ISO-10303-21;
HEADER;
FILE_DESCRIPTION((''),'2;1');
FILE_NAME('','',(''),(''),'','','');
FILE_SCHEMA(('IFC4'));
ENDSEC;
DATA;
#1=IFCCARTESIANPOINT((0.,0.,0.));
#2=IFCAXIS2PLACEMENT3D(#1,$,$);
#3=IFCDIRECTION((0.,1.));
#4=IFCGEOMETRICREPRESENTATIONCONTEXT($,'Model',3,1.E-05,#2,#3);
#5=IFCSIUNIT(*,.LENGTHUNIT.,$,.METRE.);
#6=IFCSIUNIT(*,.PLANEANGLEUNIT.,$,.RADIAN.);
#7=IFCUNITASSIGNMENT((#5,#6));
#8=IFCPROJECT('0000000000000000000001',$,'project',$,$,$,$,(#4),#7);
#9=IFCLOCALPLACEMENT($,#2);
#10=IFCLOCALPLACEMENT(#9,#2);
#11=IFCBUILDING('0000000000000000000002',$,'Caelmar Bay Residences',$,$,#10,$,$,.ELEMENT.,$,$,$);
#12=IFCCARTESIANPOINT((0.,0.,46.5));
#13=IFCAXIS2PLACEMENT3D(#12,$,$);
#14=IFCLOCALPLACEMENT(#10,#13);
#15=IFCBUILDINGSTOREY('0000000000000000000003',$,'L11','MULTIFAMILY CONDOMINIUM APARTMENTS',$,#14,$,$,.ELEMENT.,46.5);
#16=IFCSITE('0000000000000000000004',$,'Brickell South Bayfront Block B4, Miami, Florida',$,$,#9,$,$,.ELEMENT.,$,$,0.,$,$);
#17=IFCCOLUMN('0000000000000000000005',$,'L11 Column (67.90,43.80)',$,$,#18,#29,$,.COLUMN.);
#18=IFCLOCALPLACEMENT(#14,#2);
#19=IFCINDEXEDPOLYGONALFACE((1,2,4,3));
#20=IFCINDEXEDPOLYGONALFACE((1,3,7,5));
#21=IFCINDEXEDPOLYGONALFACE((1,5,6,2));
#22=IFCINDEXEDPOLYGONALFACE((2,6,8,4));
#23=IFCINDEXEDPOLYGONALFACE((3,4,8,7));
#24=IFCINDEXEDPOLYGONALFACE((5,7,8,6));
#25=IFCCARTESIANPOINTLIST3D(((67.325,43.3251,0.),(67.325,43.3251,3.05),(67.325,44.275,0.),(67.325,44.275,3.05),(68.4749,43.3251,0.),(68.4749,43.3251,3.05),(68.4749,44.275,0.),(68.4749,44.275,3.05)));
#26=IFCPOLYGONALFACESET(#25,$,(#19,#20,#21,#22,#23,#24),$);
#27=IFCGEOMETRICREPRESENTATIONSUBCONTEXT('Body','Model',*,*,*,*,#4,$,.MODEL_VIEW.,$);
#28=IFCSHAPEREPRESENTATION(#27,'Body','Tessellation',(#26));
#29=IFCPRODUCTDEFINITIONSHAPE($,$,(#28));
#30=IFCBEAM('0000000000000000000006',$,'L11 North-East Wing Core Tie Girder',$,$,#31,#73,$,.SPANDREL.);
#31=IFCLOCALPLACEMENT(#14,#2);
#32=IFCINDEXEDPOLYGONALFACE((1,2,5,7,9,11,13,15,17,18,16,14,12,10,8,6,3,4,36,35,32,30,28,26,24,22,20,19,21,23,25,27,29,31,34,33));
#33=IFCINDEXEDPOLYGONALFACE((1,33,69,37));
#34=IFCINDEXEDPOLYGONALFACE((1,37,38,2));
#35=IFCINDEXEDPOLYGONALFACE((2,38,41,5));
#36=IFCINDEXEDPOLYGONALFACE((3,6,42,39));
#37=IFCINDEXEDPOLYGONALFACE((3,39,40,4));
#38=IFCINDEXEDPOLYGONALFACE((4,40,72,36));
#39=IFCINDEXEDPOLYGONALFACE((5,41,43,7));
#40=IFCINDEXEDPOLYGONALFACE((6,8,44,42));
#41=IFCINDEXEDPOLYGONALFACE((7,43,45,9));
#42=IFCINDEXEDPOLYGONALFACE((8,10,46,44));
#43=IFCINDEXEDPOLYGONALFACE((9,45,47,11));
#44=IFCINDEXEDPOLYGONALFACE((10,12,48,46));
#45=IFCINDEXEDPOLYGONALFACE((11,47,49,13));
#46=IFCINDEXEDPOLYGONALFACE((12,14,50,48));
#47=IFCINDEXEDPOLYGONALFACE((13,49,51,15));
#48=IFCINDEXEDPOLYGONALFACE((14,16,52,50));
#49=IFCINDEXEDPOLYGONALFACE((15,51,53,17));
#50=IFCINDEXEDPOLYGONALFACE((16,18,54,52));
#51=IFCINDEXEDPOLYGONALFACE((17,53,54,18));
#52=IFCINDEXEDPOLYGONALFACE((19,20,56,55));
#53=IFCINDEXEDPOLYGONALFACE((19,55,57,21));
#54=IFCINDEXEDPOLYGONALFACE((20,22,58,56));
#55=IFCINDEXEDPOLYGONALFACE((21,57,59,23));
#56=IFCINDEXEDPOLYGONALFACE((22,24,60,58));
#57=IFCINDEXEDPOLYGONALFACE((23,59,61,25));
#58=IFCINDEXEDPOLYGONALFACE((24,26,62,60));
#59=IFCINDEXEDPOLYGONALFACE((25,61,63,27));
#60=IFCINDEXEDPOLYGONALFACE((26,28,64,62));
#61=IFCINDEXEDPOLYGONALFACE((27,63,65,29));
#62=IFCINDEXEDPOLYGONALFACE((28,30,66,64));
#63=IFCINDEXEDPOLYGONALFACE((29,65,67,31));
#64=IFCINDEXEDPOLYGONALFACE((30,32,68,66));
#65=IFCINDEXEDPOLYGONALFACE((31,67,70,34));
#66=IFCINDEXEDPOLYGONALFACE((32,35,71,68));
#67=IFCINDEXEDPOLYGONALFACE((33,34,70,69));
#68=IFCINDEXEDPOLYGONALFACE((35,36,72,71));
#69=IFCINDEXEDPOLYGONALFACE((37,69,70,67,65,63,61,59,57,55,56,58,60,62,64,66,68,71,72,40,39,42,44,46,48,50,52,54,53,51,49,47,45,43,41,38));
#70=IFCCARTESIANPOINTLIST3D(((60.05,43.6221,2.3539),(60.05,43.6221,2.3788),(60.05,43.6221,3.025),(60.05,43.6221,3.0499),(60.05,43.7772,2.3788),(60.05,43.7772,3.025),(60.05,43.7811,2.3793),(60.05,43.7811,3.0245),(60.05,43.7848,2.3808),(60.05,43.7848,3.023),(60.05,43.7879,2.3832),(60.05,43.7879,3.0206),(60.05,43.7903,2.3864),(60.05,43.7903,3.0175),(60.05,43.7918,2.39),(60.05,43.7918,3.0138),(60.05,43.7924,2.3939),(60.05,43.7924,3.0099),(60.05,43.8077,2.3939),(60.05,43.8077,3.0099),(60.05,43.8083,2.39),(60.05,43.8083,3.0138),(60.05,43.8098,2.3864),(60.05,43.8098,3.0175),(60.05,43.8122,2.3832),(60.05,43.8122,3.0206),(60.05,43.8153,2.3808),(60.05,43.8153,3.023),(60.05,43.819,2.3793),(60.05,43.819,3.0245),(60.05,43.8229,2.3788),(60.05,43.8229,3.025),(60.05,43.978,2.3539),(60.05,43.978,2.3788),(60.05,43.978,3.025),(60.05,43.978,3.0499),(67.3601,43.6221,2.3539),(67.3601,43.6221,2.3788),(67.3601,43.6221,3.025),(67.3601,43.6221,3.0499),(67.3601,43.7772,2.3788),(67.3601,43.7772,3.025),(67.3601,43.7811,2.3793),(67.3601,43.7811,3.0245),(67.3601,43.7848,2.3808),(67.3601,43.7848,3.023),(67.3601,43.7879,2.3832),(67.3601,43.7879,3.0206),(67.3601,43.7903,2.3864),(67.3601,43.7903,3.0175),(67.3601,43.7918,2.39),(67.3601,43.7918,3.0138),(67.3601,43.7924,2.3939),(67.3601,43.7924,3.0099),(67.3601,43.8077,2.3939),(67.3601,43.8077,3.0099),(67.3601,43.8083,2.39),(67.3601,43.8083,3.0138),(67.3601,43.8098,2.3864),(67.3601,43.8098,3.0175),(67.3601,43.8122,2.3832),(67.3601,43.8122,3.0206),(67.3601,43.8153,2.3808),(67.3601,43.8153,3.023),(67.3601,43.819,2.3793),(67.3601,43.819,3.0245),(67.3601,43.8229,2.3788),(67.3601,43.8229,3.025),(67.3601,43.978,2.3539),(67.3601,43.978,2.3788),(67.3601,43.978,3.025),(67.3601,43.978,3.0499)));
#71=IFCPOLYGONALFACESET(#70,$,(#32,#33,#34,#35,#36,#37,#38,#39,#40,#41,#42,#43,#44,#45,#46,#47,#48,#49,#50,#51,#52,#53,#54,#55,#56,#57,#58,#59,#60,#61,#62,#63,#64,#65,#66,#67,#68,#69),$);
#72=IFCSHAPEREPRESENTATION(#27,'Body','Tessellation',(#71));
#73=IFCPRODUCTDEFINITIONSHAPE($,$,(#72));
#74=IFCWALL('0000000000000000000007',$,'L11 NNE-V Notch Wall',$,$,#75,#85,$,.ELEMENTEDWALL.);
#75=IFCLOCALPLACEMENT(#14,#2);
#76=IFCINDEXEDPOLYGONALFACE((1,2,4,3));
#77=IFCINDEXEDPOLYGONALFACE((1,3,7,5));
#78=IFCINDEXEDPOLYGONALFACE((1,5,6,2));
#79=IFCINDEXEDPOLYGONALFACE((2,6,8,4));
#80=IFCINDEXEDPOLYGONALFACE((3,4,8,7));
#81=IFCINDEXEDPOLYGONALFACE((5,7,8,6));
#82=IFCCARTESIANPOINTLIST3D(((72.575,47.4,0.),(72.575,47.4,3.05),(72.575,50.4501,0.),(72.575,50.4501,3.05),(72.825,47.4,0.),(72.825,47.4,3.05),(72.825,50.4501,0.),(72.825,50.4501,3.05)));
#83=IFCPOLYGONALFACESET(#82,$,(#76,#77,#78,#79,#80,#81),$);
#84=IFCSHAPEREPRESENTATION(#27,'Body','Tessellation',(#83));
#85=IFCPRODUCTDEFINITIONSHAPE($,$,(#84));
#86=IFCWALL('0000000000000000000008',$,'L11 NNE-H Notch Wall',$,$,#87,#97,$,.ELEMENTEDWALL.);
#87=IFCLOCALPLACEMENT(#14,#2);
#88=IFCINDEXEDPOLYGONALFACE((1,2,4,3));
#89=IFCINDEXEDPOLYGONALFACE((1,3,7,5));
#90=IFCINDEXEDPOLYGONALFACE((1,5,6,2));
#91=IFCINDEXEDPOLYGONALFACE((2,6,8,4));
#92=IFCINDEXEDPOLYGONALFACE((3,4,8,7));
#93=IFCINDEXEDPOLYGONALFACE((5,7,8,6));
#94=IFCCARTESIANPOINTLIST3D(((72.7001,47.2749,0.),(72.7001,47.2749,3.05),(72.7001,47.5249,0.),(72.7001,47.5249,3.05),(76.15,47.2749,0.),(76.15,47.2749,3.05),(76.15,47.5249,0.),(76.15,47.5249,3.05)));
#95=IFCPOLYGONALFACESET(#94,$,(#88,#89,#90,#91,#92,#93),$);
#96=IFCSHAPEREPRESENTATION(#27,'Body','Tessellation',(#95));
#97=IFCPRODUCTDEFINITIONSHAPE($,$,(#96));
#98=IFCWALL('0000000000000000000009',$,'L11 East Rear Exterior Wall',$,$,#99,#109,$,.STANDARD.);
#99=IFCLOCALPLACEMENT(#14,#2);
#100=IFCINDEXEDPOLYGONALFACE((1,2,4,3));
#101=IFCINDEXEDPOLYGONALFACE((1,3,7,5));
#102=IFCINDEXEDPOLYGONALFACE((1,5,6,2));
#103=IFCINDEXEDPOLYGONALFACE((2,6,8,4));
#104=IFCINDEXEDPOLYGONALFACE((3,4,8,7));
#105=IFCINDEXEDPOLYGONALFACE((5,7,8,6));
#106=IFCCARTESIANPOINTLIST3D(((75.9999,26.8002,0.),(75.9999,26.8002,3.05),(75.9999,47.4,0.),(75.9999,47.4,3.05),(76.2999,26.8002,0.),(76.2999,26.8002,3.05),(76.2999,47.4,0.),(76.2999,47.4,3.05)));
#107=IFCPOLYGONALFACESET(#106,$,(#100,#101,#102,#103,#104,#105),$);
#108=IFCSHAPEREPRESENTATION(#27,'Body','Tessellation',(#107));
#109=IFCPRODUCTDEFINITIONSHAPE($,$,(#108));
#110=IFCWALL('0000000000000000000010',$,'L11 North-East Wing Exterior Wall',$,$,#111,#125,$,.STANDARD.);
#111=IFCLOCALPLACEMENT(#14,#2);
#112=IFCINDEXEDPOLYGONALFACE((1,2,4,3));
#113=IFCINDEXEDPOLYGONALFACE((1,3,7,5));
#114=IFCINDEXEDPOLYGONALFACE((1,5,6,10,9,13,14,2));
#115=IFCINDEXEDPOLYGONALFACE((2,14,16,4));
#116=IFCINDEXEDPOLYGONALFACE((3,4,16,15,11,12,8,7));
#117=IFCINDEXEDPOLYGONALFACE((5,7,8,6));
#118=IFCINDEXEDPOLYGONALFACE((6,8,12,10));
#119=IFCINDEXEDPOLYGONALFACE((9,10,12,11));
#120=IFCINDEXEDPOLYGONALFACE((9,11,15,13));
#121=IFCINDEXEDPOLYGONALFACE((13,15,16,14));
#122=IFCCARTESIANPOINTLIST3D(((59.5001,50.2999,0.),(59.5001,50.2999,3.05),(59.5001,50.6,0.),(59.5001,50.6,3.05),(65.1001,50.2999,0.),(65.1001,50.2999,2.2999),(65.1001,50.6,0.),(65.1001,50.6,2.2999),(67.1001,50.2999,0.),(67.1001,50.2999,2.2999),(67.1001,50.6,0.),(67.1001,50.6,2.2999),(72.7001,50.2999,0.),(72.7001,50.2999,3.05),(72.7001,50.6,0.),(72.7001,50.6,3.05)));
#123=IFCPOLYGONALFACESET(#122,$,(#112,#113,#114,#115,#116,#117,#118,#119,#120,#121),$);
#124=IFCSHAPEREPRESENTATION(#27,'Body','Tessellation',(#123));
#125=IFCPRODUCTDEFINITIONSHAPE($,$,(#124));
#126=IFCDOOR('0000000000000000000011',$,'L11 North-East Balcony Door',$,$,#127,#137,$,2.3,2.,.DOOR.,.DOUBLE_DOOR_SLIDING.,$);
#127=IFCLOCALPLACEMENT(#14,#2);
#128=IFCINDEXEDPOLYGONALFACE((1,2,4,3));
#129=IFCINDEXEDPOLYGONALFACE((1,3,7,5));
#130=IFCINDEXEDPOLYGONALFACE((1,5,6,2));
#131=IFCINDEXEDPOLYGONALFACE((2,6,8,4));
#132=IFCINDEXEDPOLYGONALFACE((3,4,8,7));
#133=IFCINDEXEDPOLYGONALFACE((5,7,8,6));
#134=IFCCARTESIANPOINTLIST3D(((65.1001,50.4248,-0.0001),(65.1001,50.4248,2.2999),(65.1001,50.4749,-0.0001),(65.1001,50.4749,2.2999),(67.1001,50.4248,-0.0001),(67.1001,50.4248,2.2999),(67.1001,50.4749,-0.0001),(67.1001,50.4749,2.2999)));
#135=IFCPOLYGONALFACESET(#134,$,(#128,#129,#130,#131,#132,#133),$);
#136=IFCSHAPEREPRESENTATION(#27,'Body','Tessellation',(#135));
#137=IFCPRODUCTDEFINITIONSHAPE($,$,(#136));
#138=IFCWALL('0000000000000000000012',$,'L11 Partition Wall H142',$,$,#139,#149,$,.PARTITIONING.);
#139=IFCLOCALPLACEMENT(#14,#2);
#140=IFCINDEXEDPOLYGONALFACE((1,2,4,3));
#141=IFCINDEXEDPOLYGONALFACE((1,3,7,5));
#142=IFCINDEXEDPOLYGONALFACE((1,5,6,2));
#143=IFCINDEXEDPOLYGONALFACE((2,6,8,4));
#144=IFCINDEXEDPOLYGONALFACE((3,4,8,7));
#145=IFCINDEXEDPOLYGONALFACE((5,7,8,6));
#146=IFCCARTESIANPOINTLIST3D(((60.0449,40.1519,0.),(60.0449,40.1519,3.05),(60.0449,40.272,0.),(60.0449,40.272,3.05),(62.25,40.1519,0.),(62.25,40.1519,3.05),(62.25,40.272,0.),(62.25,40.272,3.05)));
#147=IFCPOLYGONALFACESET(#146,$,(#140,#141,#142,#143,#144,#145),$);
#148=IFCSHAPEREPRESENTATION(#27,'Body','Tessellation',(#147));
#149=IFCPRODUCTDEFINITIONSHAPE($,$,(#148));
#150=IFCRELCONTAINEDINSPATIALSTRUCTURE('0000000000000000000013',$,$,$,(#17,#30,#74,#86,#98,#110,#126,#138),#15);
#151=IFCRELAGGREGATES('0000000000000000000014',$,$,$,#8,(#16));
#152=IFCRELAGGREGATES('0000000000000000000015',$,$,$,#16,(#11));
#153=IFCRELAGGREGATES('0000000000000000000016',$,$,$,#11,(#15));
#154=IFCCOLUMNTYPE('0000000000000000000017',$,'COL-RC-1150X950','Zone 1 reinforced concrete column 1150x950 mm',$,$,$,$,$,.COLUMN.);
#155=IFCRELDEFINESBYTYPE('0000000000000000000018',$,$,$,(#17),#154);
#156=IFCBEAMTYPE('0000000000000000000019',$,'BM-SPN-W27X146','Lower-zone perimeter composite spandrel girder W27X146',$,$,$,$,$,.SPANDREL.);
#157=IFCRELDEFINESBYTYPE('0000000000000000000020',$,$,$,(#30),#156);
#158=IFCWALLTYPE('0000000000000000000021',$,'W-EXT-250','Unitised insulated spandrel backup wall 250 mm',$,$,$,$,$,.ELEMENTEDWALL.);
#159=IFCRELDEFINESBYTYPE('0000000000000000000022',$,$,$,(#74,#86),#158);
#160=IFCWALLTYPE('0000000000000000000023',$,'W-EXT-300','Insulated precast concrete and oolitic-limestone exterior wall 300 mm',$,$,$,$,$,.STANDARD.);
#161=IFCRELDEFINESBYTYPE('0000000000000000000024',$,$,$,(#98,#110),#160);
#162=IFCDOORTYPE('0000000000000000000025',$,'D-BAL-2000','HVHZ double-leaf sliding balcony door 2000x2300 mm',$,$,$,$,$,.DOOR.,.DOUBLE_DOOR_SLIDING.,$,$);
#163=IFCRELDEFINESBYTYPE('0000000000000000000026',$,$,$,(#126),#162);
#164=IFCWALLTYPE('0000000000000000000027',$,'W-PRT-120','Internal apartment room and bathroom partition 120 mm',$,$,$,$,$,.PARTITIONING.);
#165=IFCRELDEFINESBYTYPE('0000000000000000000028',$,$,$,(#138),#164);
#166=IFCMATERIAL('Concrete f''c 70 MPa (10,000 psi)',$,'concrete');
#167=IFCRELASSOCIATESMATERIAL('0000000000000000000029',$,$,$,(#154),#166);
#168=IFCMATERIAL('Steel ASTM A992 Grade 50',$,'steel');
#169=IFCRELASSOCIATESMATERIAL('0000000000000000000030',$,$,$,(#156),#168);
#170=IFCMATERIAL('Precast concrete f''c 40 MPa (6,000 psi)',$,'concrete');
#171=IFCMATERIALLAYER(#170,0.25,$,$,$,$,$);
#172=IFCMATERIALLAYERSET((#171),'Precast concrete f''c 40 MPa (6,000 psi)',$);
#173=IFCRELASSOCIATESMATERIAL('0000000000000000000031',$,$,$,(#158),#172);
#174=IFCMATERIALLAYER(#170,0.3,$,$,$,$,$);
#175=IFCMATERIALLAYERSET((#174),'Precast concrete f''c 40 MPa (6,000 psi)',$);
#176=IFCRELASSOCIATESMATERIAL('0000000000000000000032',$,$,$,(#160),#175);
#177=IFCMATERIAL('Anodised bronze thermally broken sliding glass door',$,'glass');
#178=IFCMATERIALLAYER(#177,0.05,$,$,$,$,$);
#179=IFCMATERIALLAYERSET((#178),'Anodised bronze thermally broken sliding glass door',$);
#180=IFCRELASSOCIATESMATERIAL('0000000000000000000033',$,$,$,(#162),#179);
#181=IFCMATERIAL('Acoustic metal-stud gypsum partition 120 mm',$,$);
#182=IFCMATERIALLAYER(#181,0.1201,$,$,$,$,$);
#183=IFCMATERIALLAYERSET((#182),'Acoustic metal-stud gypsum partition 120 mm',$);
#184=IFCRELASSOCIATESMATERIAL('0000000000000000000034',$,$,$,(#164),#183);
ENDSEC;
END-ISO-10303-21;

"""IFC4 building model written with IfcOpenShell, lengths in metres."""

from ifc_helpers import new_model, si_unit, direction, frame, frame_2d, origin, origin_2d, place, context, subcontext, project, spatial, rectangle, i_section, extrude, material, layer, layer_set, material_profile, profile_set, type_object, element, fill, save


model = new_model("IFC4")

# Units and contexts
model_context = context("Model", 3, precision=1e-05, world=origin(), true_north=direction((0.0, 1.0)))
body_context = subcontext(model_context, "Body", "Model", "MODEL_VIEW")
ifc_project = project(units=[si_unit("LENGTHUNIT", "METRE"), si_unit("PLANEANGLEUNIT", "RADIAN")], contexts=[model_context])

# Site, building, storey
site_placement = place(None, origin())
site = spatial("IfcSite", under=ifc_project, at=site_placement, Name="Brickell South Bayfront Block B4, Miami, Florida", CompositionType="ELEMENT", RefElevation=0.0)
building_placement = place(site_placement, origin())
building = spatial("IfcBuilding", under=site, at=building_placement, Name="Caelmar Bay Residences", CompositionType="ELEMENT")
storey_placement = place(building_placement, frame((0.0, 0.0, 46.5)))
storey = spatial("IfcBuildingStorey", under=building, at=storey_placement, Name="L11", Description="MULTIFAMILY CONDOMINIUM APARTMENTS", CompositionType="ELEMENT", Elevation=46.5)

# Column
ifc_material_1 = material(Name="Concrete f'c 70 MPa (10,000 psi)", Category="concrete")
ifc_material_profile_1 = material_profile(ifc_material_1, rectangle(XDim=1.1499, YDim=0.95, at=origin_2d()), Name="RC-COL-1150X950")
ifc_profile_set_1 = profile_set([ifc_material_profile_1], Name="Concrete f'c 70 MPa (10,000 psi)")
column_type = type_object("IfcColumnType", Name="COL-RC-1150X950", Description="Zone 1 reinforced concrete column 1150x950 mm", PredefinedType="COLUMN", material=ifc_profile_set_1)
column_placement = place(storey_placement, frame((67.8999, 43.8, 0.0), z_axis=(0.0, 0.0, 1.0), x_axis=(1.0, 0.0, 0.0)))
element("IfcColumn", 1, at=column_placement, inside=storey, type_object=column_type, Name="L11 Column (67.90,43.80)", PredefinedType="COLUMN", context=body_context, shape_type="SweptSolid", body=[
    extrude(rectangle(XDim=1.1499, YDim=0.95, at=origin_2d()), origin(), (0.0, 0.0, 1.0), 3.05),
])

# Beam
ifc_material_2 = material(Name="Steel ASTM A992 Grade 50", Category="steel")
ifc_material_profile_2 = material_profile(ifc_material_2, i_section(OverallWidth=0.356, OverallDepth=0.696, WebThickness=0.0154, FlangeThickness=0.0249, FilletRadius=0.0151, at=origin_2d()), Name="W27X146")
ifc_profile_set_2 = profile_set([ifc_material_profile_2], Name="Steel ASTM A992 Grade 50")
beam_type = type_object("IfcBeamType", Name="BM-SPN-W27X146", Description="Lower-zone perimeter composite spandrel girder W27X146", PredefinedType="SPANDREL", material=ifc_profile_set_2)
beam_placement = place(storey_placement, frame((60.05, 43.8, 2.7019), z_axis=(1.0, 0.0, 0.0), x_axis=(0.0, 1.0, 0.0)))
element("IfcBeam", 2, at=beam_placement, inside=storey, type_object=beam_type, Name="L11 North-East Wing Core Tie Girder", PredefinedType="SPANDREL", context=body_context, shape_type="SweptSolid", body=[
    extrude(i_section(OverallWidth=0.356, OverallDepth=0.696, WebThickness=0.0154, FlangeThickness=0.0249, FilletRadius=0.0151, at=origin_2d()), origin(), (0.0, 0.0, 1.0), 7.3101),
])

# Walls
ifc_material_3 = material(Name="Precast concrete f'c 40 MPa (6,000 psi)", Category="concrete")
ifc_layer_1 = layer(ifc_material_3, 0.25)
ifc_layer_set_1 = layer_set([ifc_layer_1], Name="Precast concrete f'c 40 MPa (6,000 psi)")
wall_type_1 = type_object("IfcWallType", Name="W-EXT-250", Description="Unitised insulated spandrel backup wall 250 mm", PredefinedType="ELEMENTEDWALL", material=ifc_layer_set_1)
wall_1_placement = place(storey_placement, frame((72.7, 50.45, 0.0), z_axis=(0.0, 0.0, 1.0), x_axis=(0.0, -1.0, 0.0)))
element("IfcWall", 3, at=wall_1_placement, inside=storey, type_object=wall_type_1, Name="L11 NNE-V Notch Wall", PredefinedType="ELEMENTEDWALL", context=body_context, shape_type="SweptSolid", body=[
    extrude(rectangle(XDim=3.05, YDim=0.25, at=frame_2d((1.5249, 0.0))), origin(), (0.0, 0.0, 1.0), 3.05),
])
wall_2_placement = place(storey_placement, frame((72.7, 47.3999, 0.0), z_axis=(0.0, 0.0, 1.0), x_axis=(1.0, 0.0, 0.0)))
element("IfcWall", 4, at=wall_2_placement, inside=storey, type_object=wall_type_1, Name="L11 NNE-H Notch Wall", PredefinedType="ELEMENTEDWALL", context=body_context, shape_type="SweptSolid", body=[
    extrude(rectangle(XDim=3.45, YDim=0.25, at=frame_2d((1.7251, 0.0))), origin(), (0.0, 0.0, 1.0), 3.05),
])
ifc_layer_2 = layer(ifc_material_3, 0.3)
ifc_layer_set_2 = layer_set([ifc_layer_2], Name="Precast concrete f'c 40 MPa (6,000 psi)")
wall_type_2 = type_object("IfcWallType", Name="W-EXT-300", Description="Insulated precast concrete and oolitic-limestone exterior wall 300 mm", PredefinedType="STANDARD", material=ifc_layer_set_2)
wall_3_placement = place(storey_placement, frame((76.1499, 47.3999, 0.0), z_axis=(0.0, 0.0, 1.0), x_axis=(0.0, -1.0, 0.0)))
element("IfcWall", 5, at=wall_3_placement, inside=storey, type_object=wall_type_2, Name="L11 East Rear Exterior Wall", PredefinedType="STANDARD", context=body_context, shape_type="SweptSolid", body=[
    extrude(rectangle(XDim=20.5999, YDim=0.3, at=frame_2d((10.2998, 0.0))), origin(), (0.0, 0.0, 1.0), 3.05),
])

# Wall, opening, door
wall_4_placement = place(storey_placement, frame((59.5, 50.45, 0.0), z_axis=(0.0, 0.0, 1.0), x_axis=(1.0, 0.0, 0.0)))
wall_4 = element("IfcWall", 6, at=wall_4_placement, inside=storey, type_object=wall_type_2, Name="L11 North-East Wing Exterior Wall", PredefinedType="STANDARD", context=body_context, shape_type="SweptSolid", body=[
    extrude(rectangle(XDim=13.2, YDim=0.3, at=frame_2d((6.6001, 0.0))), origin(), (0.0, 0.0, 1.0), 3.05),
])
opening_1_placement = place(wall_4_placement, frame((5.6001, 0.0, 0.0)))
opening_1 = element("IfcOpeningElement", 7, at=opening_1_placement, cuts=wall_4, PredefinedType="OPENING", context=body_context, shape_type="SweptSolid", body=[
    extrude(rectangle(XDim=2.0, YDim=2.3, at=frame_2d((1.0, 1.1499))), frame((0.0, 0.1599, 0.0), z_axis=(0.0, -1.0, 0.0), x_axis=(1.0, 0.0, 0.0)), (0.0, 0.0, 1.0), 0.3201),
])
ifc_material_4 = material(Name="Anodised bronze thermally broken sliding glass door", Category="glass")
ifc_layer_3 = layer(ifc_material_4, 0.05)
ifc_layer_set_3 = layer_set([ifc_layer_3], Name="Anodised bronze thermally broken sliding glass door")
door_type_1 = type_object("IfcDoorType", Name="D-BAL-2000", Description="HVHZ double-leaf sliding balcony door 2000x2300 mm", OperationType="DOUBLE_DOOR_SLIDING", PredefinedType="DOOR", material=ifc_layer_set_3)
door_1_placement = place(opening_1_placement, origin())
door_1 = element("IfcDoor", 8, at=door_1_placement, inside=storey, type_object=door_type_1, Name="L11 North-East Balcony Door", OperationType="DOUBLE_DOOR_SLIDING", OverallHeight=2.3, OverallWidth=2.0, PredefinedType="DOOR", context=body_context, shape_type="SweptSolid", body=[
    extrude(rectangle(XDim=2.0, YDim=2.3, at=frame_2d((1.0, 1.1499))), frame((0.0, 0.0249, 0.0), z_axis=(0.0, -1.0, 0.0), x_axis=(1.0, 0.0, 0.0)), (0.0, 0.0, 1.0), 0.05),
])
fill(opening_1, door_1)

# Wall
ifc_material_5 = material(Name="Acoustic metal-stud gypsum partition 120 mm")
ifc_layer_4 = layer(ifc_material_5, 0.1201)
ifc_layer_set_4 = layer_set([ifc_layer_4], Name="Acoustic metal-stud gypsum partition 120 mm")
wall_type_3 = type_object("IfcWallType", Name="W-PRT-120", Description="Internal apartment room and bathroom partition 120 mm", PredefinedType="PARTITIONING", material=ifc_layer_set_4)
wall_5_placement = place(storey_placement, frame((60.0449, 40.2119, 0.0), z_axis=(0.0, 0.0, 1.0), x_axis=(1.0, 0.0, 0.0)))
element("IfcWall", 9, at=wall_5_placement, inside=storey, type_object=wall_type_3, Name="L11 Partition Wall H142", PredefinedType="PARTITIONING", context=body_context, shape_type="SweptSolid", body=[
    extrude(rectangle(XDim=2.2051, YDim=0.1201, at=frame_2d((1.1025, 0.0))), origin(), (0.0, 0.0, 1.0), 3.05),
])

save(model, "model.ifc")
